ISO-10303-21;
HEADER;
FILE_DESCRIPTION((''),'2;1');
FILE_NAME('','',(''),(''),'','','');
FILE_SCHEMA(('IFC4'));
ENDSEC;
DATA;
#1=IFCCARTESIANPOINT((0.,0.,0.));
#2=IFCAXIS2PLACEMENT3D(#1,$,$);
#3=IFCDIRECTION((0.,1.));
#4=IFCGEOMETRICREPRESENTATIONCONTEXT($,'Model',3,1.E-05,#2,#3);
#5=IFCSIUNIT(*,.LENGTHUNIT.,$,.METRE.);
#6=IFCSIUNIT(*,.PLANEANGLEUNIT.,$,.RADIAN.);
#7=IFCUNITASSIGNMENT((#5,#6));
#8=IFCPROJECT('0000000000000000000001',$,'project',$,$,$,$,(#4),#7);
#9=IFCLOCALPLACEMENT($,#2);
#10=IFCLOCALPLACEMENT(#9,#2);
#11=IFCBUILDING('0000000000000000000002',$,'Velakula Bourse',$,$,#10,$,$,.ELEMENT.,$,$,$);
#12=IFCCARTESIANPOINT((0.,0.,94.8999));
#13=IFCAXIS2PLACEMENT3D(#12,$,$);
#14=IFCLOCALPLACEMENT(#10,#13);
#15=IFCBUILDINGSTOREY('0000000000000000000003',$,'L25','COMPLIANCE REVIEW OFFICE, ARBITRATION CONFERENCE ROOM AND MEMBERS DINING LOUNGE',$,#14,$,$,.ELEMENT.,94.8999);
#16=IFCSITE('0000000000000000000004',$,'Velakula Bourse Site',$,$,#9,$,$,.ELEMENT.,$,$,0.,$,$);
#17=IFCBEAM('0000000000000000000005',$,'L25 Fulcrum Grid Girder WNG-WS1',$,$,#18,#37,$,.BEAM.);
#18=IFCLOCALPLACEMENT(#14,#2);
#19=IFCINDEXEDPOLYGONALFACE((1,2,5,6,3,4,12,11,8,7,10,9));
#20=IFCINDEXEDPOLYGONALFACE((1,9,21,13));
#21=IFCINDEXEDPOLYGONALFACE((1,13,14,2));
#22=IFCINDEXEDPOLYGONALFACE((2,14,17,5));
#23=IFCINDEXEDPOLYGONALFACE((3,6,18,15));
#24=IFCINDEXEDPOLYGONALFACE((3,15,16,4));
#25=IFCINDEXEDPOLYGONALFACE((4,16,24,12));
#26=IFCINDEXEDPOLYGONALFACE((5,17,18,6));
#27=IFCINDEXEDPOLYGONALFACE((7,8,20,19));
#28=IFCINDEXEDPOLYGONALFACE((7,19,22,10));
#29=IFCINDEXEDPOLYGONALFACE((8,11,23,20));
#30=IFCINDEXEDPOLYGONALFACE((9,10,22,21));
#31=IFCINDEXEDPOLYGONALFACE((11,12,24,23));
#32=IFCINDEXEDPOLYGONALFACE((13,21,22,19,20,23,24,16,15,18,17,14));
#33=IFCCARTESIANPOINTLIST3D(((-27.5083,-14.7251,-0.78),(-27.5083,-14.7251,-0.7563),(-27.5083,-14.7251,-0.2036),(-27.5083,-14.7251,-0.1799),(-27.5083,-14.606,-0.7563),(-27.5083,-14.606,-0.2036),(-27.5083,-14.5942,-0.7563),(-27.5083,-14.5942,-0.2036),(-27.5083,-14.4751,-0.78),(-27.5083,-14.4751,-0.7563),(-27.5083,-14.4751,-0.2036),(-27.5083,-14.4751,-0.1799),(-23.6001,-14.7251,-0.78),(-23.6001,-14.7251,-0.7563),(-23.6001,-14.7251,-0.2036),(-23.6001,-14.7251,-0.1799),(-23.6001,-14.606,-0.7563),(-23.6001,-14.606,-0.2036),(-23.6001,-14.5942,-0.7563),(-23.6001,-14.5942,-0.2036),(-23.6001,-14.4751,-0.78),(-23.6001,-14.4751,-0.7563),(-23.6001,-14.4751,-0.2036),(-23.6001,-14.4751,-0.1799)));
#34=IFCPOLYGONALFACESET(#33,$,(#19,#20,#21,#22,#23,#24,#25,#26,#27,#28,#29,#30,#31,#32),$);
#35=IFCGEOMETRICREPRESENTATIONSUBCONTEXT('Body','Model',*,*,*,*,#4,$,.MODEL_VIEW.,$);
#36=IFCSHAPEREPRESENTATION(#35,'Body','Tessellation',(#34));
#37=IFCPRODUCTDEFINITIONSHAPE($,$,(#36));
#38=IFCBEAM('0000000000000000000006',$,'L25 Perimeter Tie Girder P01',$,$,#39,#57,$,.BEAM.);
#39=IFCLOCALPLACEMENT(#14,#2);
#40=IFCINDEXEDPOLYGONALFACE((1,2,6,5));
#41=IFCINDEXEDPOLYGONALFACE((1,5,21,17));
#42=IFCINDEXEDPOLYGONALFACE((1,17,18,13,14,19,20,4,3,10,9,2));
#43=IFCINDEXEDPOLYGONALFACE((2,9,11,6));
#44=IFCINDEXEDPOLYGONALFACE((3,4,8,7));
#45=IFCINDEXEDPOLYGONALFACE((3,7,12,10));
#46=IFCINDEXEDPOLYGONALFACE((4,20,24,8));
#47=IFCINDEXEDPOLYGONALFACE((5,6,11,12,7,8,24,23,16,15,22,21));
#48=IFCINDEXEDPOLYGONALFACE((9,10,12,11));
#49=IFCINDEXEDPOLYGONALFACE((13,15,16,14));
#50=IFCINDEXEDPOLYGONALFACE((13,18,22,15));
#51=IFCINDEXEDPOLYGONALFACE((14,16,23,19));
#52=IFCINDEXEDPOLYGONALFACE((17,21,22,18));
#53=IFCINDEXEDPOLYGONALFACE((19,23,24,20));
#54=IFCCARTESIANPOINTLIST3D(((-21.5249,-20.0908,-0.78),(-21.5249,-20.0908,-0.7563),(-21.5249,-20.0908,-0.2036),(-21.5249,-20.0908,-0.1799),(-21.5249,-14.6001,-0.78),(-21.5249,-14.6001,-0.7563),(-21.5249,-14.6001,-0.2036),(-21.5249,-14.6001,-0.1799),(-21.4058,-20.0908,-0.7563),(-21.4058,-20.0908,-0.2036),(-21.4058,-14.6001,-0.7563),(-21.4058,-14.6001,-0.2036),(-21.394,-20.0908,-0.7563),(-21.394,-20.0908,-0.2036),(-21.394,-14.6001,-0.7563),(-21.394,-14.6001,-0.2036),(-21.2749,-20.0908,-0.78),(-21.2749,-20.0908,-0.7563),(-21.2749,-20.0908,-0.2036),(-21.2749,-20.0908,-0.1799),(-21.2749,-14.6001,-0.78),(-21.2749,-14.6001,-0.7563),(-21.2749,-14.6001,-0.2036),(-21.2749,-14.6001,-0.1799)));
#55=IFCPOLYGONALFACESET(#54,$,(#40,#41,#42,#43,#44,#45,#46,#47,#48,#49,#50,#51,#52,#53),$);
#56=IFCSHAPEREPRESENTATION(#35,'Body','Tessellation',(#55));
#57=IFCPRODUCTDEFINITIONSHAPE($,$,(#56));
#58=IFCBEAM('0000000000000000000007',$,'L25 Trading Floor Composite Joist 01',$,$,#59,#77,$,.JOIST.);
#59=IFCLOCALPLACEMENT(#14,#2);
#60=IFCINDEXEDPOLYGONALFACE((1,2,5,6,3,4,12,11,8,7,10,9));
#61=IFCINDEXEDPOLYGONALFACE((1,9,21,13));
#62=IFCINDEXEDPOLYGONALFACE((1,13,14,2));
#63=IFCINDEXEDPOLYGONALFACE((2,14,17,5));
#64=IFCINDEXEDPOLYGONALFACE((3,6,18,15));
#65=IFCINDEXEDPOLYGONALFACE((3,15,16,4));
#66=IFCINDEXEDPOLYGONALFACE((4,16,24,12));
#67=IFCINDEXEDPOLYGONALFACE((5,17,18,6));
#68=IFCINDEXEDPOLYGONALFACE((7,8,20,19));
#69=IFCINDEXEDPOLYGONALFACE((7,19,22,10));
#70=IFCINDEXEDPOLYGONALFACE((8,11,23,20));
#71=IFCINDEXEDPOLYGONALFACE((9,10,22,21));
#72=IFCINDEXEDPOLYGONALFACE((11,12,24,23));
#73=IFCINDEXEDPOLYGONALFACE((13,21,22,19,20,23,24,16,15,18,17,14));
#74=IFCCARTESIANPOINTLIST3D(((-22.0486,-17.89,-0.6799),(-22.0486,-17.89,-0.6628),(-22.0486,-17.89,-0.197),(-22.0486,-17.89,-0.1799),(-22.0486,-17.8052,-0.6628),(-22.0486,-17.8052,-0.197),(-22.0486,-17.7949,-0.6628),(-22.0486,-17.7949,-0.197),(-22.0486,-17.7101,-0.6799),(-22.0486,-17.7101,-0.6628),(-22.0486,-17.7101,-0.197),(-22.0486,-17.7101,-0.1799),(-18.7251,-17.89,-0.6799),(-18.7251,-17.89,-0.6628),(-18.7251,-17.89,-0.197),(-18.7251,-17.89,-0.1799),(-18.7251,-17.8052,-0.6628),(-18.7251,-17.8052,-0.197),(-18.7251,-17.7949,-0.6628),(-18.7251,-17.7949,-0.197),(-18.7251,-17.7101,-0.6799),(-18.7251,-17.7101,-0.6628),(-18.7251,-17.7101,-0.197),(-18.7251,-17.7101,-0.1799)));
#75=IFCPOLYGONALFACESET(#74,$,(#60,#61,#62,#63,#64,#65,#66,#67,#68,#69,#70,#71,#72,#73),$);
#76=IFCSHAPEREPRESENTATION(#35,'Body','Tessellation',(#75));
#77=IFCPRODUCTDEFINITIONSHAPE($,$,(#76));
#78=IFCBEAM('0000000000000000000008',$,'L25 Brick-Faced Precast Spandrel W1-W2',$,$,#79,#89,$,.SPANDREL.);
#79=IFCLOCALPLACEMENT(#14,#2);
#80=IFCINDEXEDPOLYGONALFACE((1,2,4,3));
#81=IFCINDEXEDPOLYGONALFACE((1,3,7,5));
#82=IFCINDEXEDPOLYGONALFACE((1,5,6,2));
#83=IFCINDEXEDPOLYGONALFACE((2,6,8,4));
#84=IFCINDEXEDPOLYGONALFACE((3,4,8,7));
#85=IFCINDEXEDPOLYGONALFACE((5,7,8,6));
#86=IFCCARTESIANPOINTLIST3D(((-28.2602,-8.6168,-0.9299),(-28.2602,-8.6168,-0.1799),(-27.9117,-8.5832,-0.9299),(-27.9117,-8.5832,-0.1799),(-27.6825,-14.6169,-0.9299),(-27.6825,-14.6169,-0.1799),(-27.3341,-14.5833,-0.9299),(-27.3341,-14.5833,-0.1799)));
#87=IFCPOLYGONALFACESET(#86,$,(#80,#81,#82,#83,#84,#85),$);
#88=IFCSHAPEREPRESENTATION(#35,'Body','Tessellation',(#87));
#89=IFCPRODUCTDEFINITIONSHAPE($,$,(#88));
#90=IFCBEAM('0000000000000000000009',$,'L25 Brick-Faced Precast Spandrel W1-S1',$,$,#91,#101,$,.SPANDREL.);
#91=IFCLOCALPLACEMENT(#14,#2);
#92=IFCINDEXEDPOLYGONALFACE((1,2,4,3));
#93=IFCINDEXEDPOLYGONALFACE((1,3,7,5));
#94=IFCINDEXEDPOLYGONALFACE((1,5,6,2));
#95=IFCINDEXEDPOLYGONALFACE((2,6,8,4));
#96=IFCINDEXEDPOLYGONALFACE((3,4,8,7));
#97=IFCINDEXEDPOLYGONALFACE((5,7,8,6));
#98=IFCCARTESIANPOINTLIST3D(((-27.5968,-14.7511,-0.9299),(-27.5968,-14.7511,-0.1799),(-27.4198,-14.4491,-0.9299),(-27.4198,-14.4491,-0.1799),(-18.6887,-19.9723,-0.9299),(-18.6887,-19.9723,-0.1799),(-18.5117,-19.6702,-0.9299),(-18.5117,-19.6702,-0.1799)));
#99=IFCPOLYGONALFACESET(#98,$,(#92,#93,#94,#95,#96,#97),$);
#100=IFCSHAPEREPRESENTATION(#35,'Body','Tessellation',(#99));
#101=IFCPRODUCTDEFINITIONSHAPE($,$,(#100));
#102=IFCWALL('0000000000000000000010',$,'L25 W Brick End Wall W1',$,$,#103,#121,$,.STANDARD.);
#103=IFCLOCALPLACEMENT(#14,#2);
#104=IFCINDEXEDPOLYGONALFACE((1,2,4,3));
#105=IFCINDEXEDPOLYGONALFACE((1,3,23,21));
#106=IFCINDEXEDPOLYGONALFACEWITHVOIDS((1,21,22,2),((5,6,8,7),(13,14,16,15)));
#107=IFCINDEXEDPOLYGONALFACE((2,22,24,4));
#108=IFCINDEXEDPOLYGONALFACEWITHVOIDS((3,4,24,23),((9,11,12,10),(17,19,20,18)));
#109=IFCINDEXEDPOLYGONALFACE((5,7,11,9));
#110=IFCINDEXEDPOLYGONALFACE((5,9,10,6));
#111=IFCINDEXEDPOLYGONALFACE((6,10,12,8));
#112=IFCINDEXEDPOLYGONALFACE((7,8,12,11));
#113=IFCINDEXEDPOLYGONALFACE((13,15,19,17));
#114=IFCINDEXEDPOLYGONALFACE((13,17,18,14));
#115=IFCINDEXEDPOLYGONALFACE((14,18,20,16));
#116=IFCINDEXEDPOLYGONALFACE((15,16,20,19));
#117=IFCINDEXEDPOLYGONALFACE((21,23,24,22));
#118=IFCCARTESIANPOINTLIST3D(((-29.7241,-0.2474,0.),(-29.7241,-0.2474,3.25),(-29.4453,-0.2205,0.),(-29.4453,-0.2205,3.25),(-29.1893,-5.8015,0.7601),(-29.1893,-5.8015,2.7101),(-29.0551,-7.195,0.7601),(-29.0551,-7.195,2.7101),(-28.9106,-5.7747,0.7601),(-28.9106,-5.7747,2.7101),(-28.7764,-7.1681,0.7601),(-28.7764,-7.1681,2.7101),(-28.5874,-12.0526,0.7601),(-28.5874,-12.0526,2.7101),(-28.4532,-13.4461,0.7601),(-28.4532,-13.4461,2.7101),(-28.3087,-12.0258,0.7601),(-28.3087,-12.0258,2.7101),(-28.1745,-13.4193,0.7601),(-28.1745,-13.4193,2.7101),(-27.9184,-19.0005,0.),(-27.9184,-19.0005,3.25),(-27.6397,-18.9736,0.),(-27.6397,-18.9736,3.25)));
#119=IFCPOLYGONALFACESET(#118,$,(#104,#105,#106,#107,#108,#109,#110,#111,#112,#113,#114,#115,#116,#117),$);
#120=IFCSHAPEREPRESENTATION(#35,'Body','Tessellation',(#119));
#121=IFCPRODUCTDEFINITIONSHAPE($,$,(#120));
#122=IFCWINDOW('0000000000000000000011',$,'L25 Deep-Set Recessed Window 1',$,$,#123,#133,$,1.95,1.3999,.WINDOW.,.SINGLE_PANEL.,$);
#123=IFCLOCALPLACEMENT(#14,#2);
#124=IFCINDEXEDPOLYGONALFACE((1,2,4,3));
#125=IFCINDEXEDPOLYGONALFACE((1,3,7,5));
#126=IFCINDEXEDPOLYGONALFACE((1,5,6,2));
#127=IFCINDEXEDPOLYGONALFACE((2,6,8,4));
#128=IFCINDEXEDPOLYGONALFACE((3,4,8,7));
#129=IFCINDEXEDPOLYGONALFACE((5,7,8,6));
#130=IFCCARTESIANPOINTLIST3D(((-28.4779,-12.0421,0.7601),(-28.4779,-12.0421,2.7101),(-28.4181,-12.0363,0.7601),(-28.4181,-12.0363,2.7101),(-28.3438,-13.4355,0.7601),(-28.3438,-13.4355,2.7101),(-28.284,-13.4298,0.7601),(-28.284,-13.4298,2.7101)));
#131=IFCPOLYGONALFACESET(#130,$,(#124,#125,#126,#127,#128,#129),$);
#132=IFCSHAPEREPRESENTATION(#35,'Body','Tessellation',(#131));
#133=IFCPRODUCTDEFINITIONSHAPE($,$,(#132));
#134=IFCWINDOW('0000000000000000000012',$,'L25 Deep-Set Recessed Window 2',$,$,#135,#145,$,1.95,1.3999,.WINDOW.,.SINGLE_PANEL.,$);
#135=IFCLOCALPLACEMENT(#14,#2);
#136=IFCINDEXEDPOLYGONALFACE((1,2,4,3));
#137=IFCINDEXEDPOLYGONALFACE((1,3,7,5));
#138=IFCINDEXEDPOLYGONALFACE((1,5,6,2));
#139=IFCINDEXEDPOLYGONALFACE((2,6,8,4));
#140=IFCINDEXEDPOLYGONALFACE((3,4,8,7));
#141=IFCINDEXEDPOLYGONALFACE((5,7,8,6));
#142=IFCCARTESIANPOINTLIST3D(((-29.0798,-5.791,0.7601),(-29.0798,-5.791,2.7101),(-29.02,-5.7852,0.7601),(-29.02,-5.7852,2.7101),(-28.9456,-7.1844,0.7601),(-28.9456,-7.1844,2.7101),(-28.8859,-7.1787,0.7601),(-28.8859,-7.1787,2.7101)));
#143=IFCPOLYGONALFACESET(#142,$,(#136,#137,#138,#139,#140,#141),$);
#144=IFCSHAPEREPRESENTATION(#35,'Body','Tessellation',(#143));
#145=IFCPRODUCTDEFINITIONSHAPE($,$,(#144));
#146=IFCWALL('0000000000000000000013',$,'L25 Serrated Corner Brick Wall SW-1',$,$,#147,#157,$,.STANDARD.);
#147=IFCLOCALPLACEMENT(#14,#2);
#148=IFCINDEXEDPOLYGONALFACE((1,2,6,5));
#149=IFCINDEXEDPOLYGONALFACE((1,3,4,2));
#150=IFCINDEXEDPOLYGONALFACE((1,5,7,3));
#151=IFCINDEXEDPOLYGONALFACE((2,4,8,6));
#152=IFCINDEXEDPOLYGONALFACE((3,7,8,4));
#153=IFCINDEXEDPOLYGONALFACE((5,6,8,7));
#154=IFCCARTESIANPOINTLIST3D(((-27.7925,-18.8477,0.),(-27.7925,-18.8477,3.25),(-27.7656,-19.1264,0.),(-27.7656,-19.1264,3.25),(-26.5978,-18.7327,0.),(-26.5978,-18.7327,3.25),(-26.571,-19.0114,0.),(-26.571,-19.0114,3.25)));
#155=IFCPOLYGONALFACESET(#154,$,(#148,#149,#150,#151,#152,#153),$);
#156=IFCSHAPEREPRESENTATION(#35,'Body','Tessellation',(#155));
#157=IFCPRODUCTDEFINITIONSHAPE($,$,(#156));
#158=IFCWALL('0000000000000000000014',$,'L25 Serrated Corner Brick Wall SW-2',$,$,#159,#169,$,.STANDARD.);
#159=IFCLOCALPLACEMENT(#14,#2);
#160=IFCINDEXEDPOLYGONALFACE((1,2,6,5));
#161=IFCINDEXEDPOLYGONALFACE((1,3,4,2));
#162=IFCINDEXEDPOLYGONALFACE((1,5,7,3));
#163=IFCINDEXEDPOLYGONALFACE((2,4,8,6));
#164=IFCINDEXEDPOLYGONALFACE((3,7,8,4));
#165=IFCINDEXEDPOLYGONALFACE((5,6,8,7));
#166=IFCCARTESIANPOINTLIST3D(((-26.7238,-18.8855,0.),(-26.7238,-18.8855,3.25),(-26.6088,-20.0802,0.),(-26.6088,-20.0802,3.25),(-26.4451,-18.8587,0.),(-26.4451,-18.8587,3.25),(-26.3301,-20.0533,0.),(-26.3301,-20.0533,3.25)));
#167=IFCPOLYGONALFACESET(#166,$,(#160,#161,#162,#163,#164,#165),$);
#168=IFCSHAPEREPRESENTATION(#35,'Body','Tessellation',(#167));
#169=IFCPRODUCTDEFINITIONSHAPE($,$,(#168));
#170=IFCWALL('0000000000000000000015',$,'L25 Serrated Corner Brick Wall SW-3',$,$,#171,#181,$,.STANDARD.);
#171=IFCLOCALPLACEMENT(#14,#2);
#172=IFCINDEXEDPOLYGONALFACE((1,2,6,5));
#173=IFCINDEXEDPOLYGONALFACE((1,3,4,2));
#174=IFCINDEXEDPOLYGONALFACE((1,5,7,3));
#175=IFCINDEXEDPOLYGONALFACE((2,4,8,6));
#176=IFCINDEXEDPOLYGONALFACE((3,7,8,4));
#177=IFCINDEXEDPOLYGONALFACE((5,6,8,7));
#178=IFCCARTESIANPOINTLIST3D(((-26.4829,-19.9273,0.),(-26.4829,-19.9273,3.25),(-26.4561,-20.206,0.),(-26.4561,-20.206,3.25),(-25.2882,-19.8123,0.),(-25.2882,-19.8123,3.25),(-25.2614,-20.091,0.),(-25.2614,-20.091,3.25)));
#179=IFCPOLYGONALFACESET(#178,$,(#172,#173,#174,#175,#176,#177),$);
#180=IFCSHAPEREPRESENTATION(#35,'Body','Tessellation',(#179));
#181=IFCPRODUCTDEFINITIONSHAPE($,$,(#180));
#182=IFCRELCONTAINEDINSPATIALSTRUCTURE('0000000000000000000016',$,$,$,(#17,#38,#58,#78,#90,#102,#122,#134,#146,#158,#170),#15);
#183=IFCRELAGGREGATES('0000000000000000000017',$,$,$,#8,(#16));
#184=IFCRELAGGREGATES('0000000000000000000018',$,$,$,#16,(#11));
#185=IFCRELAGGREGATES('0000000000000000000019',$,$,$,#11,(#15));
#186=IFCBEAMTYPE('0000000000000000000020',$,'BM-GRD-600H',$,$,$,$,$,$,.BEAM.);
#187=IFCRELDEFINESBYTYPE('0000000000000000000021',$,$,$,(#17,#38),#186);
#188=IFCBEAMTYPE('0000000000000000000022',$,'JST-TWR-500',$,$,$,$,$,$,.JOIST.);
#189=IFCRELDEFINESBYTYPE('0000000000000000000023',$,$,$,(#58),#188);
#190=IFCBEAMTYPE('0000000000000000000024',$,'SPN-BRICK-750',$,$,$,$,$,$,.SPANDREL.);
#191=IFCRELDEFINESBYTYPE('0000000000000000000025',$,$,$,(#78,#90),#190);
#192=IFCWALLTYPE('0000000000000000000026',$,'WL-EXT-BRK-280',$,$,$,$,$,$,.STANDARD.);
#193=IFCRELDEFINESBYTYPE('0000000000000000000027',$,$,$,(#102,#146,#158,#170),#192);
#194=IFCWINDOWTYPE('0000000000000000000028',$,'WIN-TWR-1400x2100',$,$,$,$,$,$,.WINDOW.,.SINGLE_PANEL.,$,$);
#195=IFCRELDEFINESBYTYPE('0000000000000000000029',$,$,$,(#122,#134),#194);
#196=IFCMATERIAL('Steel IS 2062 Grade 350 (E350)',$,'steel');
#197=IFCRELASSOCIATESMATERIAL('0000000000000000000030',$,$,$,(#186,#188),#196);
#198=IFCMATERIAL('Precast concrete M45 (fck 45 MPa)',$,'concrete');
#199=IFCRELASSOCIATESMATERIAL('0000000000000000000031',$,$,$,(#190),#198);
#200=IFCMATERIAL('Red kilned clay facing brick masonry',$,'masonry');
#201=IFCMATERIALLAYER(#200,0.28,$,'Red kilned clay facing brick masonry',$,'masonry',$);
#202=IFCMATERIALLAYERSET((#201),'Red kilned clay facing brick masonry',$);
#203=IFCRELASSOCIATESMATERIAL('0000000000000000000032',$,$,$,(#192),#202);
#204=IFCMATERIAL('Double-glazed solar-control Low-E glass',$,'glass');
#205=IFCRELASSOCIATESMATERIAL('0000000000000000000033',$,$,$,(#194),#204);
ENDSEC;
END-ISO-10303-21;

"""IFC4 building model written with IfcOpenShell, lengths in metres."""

from ifc_helpers import new_model, si_unit, direction, frame, frame_2d, origin, origin_2d, place, context, subcontext, project, spatial, rectangle, i_section, extrude, material, layer, layer_set, material_profile, profile_set, type_object, element, fill, save


model = new_model("IFC4")

# Units and contexts
model_context = context("Model", 3, precision=1e-05, world=origin(), true_north=direction((0.0, 1.0)))
body_context = subcontext(model_context, "Body", "Model", "MODEL_VIEW")
ifc_project = project(units=[si_unit("LENGTHUNIT", "METRE"), si_unit("PLANEANGLEUNIT", "RADIAN")], contexts=[model_context])

# Site, building, storey
site_placement = place(None, origin())
site = spatial("IfcSite", under=ifc_project, at=site_placement, Name="Velakula Bourse Site", CompositionType="ELEMENT", RefElevation=0.0)
building_placement = place(site_placement, origin())
building = spatial("IfcBuilding", under=site, at=building_placement, Name="Velakula Bourse", CompositionType="ELEMENT")
storey_placement = place(building_placement, frame((0.0, 0.0, 94.8999)))
storey = spatial("IfcBuildingStorey", under=building, at=storey_placement, Name="L25", Description="COMPLIANCE REVIEW OFFICE, ARBITRATION CONFERENCE ROOM AND MEMBERS DINING LOUNGE", CompositionType="ELEMENT", Elevation=94.8999)

# Shared definitions
ifc_material_1 = material(Name="Precast concrete M45 (fck 45 MPa)", Category="concrete")

# Beams
ifc_material_2 = material(Name="Steel IS 2062 Grade 350 (E350)", Category="steel")
ifc_material_profile_1 = material_profile(ifc_material_2, i_section(OverallWidth=0.25, OverallDepth=0.6001, WebThickness=0.0117, FlangeThickness=0.0237, at=origin_2d()), Name="Steel IS 2062 Grade 350 (E350)")
ifc_profile_set_1 = profile_set([ifc_material_profile_1], Name="Steel IS 2062 Grade 350 (E350)")
beam_type_1 = type_object("IfcBeamType", Name="BM-GRD-600H", PredefinedType="BEAM", material=ifc_profile_set_1)
beam_1_placement = place(storey_placement, frame((-27.5083, -14.6001, -0.48), z_axis=(1.0, 0.0, 0.0), x_axis=(0.0, 1.0, 0.0)))
element("IfcBeam", 1, at=beam_1_placement, inside=storey, type_object=beam_type_1, Name="L25 Fulcrum Grid Girder WNG-WS1", PredefinedType="BEAM", context=body_context, shape_type="SweptSolid", body=[
    extrude(i_section(OverallWidth=0.25, OverallDepth=0.6001, WebThickness=0.0117, FlangeThickness=0.0237, at=origin_2d()), origin(), (0.0, 0.0, 1.0), 3.9082),
])
beam_2_placement = place(storey_placement, frame((-21.3999, -14.6001, -0.48), z_axis=(0.0, -1.0, 0.0), x_axis=(1.0, 0.0, 0.0)))
element("IfcBeam", 2, at=beam_2_placement, inside=storey, type_object=beam_type_1, Name="L25 Perimeter Tie Girder P01", PredefinedType="BEAM", context=body_context, shape_type="SweptSolid", body=[
    extrude(i_section(OverallWidth=0.25, OverallDepth=0.6001, WebThickness=0.0117, FlangeThickness=0.0237, at=origin_2d()), origin(), (0.0, 0.0, 1.0), 5.4907),
])
ifc_material_profile_2 = material_profile(ifc_material_2, i_section(OverallWidth=0.1799, OverallDepth=0.5, WebThickness=0.0103, FlangeThickness=0.0171, at=origin_2d()), Name="Steel IS 2062 Grade 350 (E350)")
ifc_profile_set_2 = profile_set([ifc_material_profile_2], Name="Steel IS 2062 Grade 350 (E350)")
beam_type_2 = type_object("IfcBeamType", Name="JST-TWR-500", PredefinedType="JOIST", material=ifc_profile_set_2)
beam_3_placement = place(storey_placement, frame((-22.0486, -17.8, -0.4299), z_axis=(1.0, 0.0, 0.0), x_axis=(0.0, 1.0, 0.0)))
element("IfcBeam", 3, at=beam_3_placement, inside=storey, type_object=beam_type_2, Name="L25 Trading Floor Composite Joist 01", PredefinedType="JOIST", context=body_context, shape_type="SweptSolid", body=[
    extrude(i_section(OverallWidth=0.1799, OverallDepth=0.5, WebThickness=0.0103, FlangeThickness=0.0171, at=origin_2d()), origin(), (0.0, 0.0, 1.0), 3.3235),
])
ifc_material_profile_3 = material_profile(ifc_material_1, rectangle(XDim=0.3501, YDim=0.75, at=origin_2d()), Name="Precast concrete M45 (fck 45 MPa)")
ifc_profile_set_3 = profile_set([ifc_material_profile_3], Name="Precast concrete M45 (fck 45 MPa)")
beam_type_3 = type_object("IfcBeamType", Name="SPN-BRICK-750", PredefinedType="SPANDREL", material=ifc_profile_set_3)
beam_4_placement = place(storey_placement, frame((-27.5083, -14.6001, -0.5549), z_axis=(-0.09583, 0.995398, 0.0), x_axis=(-0.995398, -0.09583, 0.0)))
element("IfcBeam", 4, at=beam_4_placement, inside=storey, type_object=beam_type_3, Name="L25 Brick-Faced Precast Spandrel W1-W2", PredefinedType="SPANDREL", context=body_context, shape_type="SweptSolid", body=[
    extrude(rectangle(XDim=0.3501, YDim=0.75, at=origin_2d()), origin(), (0.0, 0.0, 1.0), 6.0278),
])
beam_5_placement = place(storey_placement, frame((-27.5083, -14.6001, -0.5549), z_axis=(0.862734, -0.505658, 0.0), x_axis=(0.505658, 0.862734, 0.0)))
element("IfcBeam", 5, at=beam_5_placement, inside=storey, type_object=beam_type_3, Name="L25 Brick-Faced Precast Spandrel W1-S1", PredefinedType="SPANDREL", context=body_context, shape_type="SweptSolid", body=[
    extrude(rectangle(XDim=0.3501, YDim=0.75, at=origin_2d()), origin(), (0.0, 0.0, 1.0), 10.3254),
])

# Wall, openings, windows
ifc_material_3 = material(Name="Red kilned clay facing brick masonry", Category="masonry")
ifc_layer_1 = layer(ifc_material_3, 0.28, Name="Red kilned clay facing brick masonry", Category="masonry")
ifc_layer_set_1 = layer_set([ifc_layer_1], Name="Red kilned clay facing brick masonry")
wall_type_1 = type_object("IfcWallType", Name="WL-EXT-BRK-280", PredefinedType="STANDARD", material=ifc_layer_set_1)
wall_1_placement = place(storey_placement, frame((-27.7791, -18.9871, 0.0), z_axis=(0.0, 0.0, 1.0), x_axis=(-0.095843, 0.995397, 0.0)))
wall_1 = element("IfcWall", 6, at=wall_1_placement, inside=storey, type_object=wall_type_1, Name="L25 W Brick End Wall W1", PredefinedType="STANDARD", context=body_context, shape_type="SweptSolid", body=[
    extrude(rectangle(XDim=18.8398, YDim=0.28, at=frame_2d((9.4199, 0.0))), origin(), (0.0, 0.0, 1.0), 3.25),
])
opening_1_placement = place(wall_1_placement, frame((5.5801, 0.0, 0.76)))
opening_1 = element("IfcOpeningElement", 7, at=opening_1_placement, cuts=wall_1, PredefinedType="OPENING", context=body_context, shape_type="SweptSolid", body=[
    extrude(rectangle(XDim=1.3999, YDim=1.95, at=frame_2d((0.7, 0.9751))), frame((0.0, 0.1499, 0.0), z_axis=(0.0, -1.0, 0.0), x_axis=(1.0, 0.0, 0.0)), (0.0, 0.0, 1.0), 0.3),
])
opening_2_placement = place(wall_1_placement, frame((11.8601, 0.0, 0.76)))
opening_2 = element("IfcOpeningElement", 8, at=opening_2_placement, cuts=wall_1, PredefinedType="OPENING", context=body_context, shape_type="SweptSolid", body=[
    extrude(rectangle(XDim=1.3999, YDim=1.95, at=frame_2d((0.7, 0.9751))), frame((0.0, 0.1499, 0.0), z_axis=(0.0, -1.0, 0.0), x_axis=(1.0, 0.0, 0.0)), (0.0, 0.0, 1.0), 0.3),
])
ifc_material_4 = material(Name="Double-glazed solar-control Low-E glass", Category="glass")
window_type = type_object("IfcWindowType", Name="WIN-TWR-1400x2100", PartitioningType="SINGLE_PANEL", PredefinedType="WINDOW", material=ifc_material_4)
window_1_placement = place(opening_1_placement, origin())
window_1 = element("IfcWindow", 9, at=window_1_placement, inside=storey, type_object=window_type, Name="L25 Deep-Set Recessed Window 1", OverallHeight=1.95, OverallWidth=1.3999, PartitioningType="SINGLE_PANEL", PredefinedType="WINDOW", context=body_context, shape_type="SweptSolid", body=[
    extrude(rectangle(XDim=1.3999, YDim=1.95, at=frame_2d((0.7, 0.9751))), frame((0.0, 0.03, 0.0), z_axis=(0.0, -1.0, 0.0), x_axis=(1.0, 0.0, 0.0)), (0.0, 0.0, 1.0), 0.0601),
])
fill(opening_1, window_1)
window_2_placement = place(opening_2_placement, origin())
window_2 = element("IfcWindow", 10, at=window_2_placement, inside=storey, type_object=window_type, Name="L25 Deep-Set Recessed Window 2", OverallHeight=1.95, OverallWidth=1.3999, PartitioningType="SINGLE_PANEL", PredefinedType="WINDOW", context=body_context, shape_type="SweptSolid", body=[
    extrude(rectangle(XDim=1.3999, YDim=1.95, at=frame_2d((0.7, 0.9751))), frame((0.0, 0.03, 0.0), z_axis=(0.0, -1.0, 0.0), x_axis=(1.0, 0.0, 0.0)), (0.0, 0.0, 1.0), 0.0601),
])
fill(opening_2, window_2)

# Walls
for number, where, z_axis, x_axis, name in (
    (11, (-27.7791, -18.9871, 0.0), (0.0, 0.0, 1.0), (0.995399, 0.095817, 0.0), "L25 Serrated Corner Brick Wall SW-1"),
    (12, (-26.5845, -18.8721, 0.0), (0.0, 0.0, 1.0), (0.095817, -0.995399, 0.0), "L25 Serrated Corner Brick Wall SW-2"),
    (13, (-26.4695, -20.0667, 0.0), (0.0, 0.0, 1.0), (0.995399, 0.095817, 0.0), "L25 Serrated Corner Brick Wall SW-3"),
):
    element("IfcWall", number, at=place(storey_placement, frame(where, z_axis=z_axis, x_axis=x_axis)), inside=storey, type_object=wall_type_1, Name=name, PredefinedType="STANDARD", context=body_context, shape_type="SweptSolid", body=[
        extrude(rectangle(XDim=1.2002, YDim=0.28, at=frame_2d((0.6001, 0.0))), origin(), (0.0, 0.0, 1.0), 3.25),
    ])

save(model, "model.ifc")
